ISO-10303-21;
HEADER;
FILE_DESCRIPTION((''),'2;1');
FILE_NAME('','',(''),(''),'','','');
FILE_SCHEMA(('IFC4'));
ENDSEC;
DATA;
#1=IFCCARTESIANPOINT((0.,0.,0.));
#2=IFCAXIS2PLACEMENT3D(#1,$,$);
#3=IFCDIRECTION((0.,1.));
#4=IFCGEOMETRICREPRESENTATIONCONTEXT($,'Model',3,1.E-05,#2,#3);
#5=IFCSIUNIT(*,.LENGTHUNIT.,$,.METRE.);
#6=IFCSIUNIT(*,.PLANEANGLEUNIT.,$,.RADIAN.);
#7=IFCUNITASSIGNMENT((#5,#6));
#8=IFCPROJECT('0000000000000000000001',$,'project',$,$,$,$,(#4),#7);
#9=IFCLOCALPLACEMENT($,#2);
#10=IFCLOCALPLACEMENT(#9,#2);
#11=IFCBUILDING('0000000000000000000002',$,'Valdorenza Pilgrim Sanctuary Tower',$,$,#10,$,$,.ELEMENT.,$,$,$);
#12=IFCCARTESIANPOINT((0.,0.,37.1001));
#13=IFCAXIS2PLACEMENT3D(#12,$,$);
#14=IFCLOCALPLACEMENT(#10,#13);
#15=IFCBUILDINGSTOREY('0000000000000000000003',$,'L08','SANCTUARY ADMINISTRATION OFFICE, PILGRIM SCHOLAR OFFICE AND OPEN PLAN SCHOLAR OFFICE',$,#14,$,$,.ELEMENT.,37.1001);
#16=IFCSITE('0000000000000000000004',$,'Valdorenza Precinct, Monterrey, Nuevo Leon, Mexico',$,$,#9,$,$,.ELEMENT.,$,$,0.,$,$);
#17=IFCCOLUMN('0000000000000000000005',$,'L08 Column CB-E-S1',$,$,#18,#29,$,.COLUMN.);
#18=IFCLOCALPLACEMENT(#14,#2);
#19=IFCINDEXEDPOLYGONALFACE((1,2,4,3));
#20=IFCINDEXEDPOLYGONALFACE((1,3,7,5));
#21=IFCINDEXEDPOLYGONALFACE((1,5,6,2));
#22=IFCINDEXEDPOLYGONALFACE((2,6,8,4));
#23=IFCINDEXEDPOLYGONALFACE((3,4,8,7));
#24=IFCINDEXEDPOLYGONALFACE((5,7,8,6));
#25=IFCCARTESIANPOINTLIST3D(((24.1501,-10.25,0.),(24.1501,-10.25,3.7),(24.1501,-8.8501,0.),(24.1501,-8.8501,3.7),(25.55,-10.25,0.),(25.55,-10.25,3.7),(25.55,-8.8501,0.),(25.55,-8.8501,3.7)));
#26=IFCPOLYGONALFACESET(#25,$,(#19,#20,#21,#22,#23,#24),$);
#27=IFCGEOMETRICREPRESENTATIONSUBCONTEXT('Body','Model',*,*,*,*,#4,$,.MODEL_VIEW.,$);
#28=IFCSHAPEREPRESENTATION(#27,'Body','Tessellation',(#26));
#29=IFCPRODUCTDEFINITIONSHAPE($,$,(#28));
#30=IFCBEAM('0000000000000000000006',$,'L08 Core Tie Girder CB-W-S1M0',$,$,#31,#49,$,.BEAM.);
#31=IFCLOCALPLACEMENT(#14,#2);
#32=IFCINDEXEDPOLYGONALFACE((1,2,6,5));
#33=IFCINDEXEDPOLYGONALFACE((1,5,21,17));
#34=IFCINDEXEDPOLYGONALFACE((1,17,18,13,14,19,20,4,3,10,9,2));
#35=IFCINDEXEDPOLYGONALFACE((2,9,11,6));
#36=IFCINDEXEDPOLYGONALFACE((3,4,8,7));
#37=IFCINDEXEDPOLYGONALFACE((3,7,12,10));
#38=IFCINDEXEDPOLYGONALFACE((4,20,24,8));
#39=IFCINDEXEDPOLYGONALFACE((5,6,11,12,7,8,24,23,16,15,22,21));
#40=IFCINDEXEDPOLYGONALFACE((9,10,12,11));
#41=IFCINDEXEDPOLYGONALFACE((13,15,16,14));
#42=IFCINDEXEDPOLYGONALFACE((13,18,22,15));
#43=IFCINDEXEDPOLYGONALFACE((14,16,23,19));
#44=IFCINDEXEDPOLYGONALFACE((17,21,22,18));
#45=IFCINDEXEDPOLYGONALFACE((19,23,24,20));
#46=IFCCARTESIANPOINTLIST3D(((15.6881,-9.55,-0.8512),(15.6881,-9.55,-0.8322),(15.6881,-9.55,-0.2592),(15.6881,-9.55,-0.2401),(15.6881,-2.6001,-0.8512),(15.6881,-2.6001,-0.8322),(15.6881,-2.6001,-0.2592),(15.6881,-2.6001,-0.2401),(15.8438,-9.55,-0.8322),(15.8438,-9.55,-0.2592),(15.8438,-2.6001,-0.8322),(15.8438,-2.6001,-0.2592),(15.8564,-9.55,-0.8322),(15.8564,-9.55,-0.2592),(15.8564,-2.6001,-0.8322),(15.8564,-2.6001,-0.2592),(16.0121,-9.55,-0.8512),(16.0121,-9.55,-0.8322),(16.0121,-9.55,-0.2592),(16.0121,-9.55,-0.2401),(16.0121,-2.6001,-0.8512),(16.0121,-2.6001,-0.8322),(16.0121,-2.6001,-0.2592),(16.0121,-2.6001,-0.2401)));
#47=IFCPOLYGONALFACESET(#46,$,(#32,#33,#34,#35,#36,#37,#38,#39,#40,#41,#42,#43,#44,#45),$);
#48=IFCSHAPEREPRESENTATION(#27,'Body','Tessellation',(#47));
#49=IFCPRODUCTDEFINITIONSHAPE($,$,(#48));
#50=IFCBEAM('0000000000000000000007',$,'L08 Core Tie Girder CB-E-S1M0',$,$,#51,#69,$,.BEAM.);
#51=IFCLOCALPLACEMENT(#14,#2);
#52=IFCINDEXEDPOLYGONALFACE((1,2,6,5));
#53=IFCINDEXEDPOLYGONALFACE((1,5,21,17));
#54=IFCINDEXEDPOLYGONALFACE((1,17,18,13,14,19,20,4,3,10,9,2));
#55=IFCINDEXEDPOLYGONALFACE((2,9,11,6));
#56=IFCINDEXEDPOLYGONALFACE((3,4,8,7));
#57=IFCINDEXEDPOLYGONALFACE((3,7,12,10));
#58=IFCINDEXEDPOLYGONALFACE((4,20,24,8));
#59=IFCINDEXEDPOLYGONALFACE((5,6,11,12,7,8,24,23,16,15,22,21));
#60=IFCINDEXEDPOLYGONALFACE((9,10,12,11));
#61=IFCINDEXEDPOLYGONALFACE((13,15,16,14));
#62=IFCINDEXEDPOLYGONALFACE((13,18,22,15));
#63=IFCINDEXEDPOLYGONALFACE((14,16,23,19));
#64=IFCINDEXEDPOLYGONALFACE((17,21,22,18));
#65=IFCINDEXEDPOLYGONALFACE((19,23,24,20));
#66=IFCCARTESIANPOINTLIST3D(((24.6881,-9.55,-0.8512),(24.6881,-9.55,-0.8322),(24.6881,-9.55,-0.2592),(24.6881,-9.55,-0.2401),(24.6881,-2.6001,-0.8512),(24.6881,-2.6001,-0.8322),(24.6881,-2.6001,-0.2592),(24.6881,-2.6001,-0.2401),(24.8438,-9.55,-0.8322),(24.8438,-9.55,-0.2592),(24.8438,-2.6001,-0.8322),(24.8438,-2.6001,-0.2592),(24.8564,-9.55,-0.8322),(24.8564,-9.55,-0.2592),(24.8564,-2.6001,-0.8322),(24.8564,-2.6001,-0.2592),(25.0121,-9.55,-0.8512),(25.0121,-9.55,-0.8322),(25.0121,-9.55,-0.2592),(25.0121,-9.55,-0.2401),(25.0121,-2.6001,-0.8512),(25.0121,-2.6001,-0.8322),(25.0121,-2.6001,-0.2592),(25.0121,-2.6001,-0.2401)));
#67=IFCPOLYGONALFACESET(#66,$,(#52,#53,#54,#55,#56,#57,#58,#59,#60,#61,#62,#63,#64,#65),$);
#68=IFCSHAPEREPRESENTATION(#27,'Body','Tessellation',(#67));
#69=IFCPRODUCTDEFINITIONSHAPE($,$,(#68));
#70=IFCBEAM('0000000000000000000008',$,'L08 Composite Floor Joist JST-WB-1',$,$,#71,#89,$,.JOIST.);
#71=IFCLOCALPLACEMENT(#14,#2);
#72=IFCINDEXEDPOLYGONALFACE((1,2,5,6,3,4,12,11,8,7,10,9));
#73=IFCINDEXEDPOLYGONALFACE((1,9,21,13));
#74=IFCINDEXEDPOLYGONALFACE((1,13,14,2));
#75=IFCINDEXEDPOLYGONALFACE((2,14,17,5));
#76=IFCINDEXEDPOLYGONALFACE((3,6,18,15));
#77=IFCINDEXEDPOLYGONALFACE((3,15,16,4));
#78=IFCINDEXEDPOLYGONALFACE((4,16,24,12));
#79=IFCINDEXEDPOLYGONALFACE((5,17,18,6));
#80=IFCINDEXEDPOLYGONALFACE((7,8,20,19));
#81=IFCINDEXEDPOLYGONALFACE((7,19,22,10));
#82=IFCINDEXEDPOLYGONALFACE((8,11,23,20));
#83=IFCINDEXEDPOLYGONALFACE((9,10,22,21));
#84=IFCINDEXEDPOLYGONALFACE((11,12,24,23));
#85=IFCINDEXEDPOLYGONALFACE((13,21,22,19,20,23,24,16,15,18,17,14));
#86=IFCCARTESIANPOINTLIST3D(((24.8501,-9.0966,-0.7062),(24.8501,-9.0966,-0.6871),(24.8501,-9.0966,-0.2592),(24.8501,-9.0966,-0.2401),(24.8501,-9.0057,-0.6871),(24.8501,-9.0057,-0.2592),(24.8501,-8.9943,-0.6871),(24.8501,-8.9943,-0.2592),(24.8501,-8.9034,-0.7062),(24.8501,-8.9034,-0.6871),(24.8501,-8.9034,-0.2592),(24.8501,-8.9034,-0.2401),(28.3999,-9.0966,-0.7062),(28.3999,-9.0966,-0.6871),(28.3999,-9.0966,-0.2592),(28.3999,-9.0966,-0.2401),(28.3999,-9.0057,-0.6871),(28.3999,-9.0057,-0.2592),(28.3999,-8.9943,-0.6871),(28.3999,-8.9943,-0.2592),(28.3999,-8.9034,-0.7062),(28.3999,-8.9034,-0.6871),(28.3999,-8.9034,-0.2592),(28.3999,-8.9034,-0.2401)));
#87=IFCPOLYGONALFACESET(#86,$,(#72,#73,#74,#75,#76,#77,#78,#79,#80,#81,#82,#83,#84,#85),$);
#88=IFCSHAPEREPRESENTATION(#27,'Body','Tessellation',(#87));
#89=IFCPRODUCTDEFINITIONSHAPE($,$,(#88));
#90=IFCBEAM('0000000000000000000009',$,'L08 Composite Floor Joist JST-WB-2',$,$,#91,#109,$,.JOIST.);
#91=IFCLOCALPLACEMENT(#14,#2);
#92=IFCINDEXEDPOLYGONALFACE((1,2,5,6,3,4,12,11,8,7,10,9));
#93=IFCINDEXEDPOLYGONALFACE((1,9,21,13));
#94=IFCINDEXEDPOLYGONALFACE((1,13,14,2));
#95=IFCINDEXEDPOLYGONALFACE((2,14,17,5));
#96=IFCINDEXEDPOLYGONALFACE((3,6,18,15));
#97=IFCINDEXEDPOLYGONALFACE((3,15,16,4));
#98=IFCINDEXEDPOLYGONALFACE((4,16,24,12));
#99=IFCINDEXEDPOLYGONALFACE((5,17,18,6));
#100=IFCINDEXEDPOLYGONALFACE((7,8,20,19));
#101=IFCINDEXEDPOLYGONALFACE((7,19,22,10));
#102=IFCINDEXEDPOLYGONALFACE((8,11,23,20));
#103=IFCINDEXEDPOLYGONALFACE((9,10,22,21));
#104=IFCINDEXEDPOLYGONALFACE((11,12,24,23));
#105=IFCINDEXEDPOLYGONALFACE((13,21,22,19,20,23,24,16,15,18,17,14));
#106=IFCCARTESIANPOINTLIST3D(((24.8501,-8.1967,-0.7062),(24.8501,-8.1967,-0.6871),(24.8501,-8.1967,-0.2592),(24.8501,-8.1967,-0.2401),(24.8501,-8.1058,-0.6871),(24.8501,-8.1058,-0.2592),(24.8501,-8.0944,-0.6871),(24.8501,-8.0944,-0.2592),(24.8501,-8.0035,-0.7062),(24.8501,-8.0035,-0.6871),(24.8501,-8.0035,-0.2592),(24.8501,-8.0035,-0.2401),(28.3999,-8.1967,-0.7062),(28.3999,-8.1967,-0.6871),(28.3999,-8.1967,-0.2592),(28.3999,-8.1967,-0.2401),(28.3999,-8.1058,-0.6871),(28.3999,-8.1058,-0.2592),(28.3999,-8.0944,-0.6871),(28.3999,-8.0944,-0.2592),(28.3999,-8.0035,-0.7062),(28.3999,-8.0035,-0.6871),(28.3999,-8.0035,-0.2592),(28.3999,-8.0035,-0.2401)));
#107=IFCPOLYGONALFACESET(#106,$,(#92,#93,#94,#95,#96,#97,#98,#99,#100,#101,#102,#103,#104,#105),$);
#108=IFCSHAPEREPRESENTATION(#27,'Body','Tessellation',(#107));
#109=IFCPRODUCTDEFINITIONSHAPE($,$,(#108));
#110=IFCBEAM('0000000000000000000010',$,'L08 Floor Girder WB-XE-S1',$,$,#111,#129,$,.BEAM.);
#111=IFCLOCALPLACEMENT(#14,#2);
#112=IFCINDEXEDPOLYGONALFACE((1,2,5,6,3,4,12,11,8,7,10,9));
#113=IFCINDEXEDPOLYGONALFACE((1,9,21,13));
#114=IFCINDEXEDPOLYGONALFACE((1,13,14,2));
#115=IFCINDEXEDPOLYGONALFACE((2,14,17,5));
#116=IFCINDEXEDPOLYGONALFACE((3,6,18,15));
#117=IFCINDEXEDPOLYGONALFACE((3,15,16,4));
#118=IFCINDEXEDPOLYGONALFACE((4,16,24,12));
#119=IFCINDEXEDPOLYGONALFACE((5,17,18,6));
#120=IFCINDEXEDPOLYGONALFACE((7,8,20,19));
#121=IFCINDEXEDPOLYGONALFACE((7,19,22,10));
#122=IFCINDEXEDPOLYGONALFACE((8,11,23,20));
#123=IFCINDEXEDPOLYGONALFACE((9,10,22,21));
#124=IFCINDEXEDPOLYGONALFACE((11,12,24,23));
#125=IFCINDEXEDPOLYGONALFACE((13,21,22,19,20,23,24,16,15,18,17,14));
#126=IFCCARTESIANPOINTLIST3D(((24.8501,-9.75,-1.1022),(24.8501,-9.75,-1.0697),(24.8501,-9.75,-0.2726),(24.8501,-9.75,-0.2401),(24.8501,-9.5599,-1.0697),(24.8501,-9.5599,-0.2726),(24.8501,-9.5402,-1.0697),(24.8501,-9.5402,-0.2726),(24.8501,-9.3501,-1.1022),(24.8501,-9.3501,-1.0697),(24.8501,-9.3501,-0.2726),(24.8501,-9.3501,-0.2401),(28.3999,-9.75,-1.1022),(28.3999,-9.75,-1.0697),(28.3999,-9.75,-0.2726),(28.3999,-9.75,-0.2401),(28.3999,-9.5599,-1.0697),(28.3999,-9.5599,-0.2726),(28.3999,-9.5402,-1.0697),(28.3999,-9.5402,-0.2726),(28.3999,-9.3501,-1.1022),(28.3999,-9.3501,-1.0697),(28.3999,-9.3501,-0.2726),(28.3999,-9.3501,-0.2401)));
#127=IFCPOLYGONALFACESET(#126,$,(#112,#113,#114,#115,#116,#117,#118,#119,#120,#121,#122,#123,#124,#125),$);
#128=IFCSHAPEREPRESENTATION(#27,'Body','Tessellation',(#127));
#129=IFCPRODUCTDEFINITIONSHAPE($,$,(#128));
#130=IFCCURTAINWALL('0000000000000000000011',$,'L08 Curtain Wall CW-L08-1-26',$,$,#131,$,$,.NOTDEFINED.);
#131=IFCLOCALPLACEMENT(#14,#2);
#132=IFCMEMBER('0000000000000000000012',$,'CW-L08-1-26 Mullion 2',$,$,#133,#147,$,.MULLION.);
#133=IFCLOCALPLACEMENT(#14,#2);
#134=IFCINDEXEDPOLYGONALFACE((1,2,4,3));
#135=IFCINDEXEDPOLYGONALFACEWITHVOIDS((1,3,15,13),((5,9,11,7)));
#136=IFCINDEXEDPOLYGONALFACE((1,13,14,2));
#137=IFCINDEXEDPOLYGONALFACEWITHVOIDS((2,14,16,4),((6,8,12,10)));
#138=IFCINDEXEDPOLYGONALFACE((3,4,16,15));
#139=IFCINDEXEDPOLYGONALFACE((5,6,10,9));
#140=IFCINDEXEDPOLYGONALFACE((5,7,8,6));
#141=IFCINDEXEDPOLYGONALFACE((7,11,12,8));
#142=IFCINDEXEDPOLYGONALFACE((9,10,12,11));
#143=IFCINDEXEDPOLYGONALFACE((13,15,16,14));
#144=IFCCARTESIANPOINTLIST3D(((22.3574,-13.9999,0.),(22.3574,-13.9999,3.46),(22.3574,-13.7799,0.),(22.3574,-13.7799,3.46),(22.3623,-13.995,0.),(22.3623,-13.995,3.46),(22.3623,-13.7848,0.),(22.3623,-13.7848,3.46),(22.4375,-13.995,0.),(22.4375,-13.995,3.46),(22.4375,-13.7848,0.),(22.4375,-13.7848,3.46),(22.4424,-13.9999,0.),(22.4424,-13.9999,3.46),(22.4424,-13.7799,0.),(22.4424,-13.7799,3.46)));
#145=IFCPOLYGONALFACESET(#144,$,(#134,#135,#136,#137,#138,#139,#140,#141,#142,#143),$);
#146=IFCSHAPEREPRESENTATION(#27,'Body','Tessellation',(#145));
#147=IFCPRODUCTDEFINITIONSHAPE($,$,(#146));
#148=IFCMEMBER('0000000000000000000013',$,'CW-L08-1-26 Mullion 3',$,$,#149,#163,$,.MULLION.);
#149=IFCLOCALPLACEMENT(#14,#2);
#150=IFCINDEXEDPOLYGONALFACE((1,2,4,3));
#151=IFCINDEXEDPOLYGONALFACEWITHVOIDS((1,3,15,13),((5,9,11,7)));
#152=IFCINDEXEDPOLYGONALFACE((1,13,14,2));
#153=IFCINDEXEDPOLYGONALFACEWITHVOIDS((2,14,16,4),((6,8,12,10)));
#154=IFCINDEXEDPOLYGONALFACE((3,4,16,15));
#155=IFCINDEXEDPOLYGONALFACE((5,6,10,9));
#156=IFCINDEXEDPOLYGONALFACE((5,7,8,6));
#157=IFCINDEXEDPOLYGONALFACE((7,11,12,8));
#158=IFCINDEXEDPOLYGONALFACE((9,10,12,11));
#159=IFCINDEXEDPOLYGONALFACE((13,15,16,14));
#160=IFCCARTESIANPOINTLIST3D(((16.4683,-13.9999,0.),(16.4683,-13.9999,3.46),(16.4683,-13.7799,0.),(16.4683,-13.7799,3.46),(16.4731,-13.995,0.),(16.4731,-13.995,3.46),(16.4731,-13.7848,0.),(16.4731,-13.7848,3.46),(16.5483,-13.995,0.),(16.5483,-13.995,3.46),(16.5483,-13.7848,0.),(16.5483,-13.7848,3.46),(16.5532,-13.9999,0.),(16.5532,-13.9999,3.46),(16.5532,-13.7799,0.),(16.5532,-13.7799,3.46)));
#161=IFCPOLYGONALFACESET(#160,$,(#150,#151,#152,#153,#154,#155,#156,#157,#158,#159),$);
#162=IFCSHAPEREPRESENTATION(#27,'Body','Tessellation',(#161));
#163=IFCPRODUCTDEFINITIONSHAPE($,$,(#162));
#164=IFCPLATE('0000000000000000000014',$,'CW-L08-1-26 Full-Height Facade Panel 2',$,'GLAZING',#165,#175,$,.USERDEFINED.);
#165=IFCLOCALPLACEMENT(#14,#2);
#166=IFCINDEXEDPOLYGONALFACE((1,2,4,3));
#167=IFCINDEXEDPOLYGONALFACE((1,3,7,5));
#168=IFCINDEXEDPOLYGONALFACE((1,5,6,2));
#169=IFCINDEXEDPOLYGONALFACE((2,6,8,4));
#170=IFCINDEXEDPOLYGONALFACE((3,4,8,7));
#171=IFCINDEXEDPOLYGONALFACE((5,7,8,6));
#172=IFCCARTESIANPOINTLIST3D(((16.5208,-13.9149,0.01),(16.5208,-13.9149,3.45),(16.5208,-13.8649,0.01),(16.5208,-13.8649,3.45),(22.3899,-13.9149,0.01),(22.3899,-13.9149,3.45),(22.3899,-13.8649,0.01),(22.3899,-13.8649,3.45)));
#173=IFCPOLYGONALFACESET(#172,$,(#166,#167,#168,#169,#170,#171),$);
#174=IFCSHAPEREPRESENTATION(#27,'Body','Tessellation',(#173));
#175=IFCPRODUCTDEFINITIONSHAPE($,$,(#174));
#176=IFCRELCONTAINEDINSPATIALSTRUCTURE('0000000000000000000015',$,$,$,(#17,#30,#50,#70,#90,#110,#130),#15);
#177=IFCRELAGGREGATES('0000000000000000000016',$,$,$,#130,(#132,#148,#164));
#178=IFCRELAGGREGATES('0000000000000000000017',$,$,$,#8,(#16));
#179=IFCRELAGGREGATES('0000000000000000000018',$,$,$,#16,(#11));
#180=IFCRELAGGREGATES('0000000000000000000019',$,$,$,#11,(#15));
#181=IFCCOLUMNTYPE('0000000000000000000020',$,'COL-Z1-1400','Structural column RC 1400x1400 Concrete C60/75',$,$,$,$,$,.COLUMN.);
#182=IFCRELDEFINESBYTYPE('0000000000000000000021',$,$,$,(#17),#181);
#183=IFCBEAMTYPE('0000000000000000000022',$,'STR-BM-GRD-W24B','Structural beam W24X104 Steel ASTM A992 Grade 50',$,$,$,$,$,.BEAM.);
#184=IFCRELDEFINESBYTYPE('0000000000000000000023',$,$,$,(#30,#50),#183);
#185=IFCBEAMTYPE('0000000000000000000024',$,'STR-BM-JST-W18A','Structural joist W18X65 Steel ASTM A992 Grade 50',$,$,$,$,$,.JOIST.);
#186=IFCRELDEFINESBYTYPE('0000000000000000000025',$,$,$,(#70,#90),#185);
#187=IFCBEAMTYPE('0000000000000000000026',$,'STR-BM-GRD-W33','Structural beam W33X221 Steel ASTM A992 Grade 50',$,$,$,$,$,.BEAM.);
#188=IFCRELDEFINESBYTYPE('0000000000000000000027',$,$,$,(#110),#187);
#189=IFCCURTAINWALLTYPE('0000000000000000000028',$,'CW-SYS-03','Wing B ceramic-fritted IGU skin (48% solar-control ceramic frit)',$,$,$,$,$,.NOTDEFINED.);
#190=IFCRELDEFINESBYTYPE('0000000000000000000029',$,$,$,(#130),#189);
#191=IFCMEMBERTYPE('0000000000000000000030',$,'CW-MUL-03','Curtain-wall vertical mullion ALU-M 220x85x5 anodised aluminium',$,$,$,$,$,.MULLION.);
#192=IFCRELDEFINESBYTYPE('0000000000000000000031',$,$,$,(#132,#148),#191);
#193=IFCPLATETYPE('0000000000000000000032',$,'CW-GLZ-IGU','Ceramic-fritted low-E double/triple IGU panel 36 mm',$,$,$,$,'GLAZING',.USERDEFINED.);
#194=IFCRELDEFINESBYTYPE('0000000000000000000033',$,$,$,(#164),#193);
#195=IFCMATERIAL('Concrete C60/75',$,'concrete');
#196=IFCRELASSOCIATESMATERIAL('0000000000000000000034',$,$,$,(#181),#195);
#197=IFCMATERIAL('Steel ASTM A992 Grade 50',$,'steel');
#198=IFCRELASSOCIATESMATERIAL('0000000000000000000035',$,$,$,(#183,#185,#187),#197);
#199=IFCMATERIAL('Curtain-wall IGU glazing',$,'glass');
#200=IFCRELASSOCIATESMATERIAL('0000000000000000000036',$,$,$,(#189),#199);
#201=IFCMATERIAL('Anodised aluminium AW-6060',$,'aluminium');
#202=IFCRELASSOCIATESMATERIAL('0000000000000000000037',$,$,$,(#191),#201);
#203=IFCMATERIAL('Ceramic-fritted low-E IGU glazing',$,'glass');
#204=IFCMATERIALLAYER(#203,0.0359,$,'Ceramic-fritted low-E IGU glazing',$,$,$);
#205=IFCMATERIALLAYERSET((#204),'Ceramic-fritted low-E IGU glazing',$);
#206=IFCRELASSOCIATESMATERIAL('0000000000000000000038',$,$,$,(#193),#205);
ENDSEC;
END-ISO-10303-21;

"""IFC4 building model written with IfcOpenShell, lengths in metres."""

from ifc_helpers import new_model, si_unit, direction, frame, origin, origin_2d, place, context, subcontext, project, spatial, rectangle, hollow_rectangle, i_section, extrude, source, transform, mapped, material, layer, layer_set, material_profile, profile_set, type_object, element, aggregate, save


model = new_model("IFC4")

# Units and contexts
model_context = context("Model", 3, precision=1e-05, world=origin(), true_north=direction((0.0, 1.0)))
body_context = subcontext(model_context, "Body", "Model", "MODEL_VIEW")
ifc_project = project(units=[si_unit("LENGTHUNIT", "METRE"), si_unit("PLANEANGLEUNIT", "RADIAN")], contexts=[model_context])

# Site, building, storey
site_placement = place(None, origin())
site = spatial("IfcSite", under=ifc_project, at=site_placement, Name="Valdorenza Precinct, Monterrey, Nuevo Leon, Mexico", CompositionType="ELEMENT", RefElevation=0.0)
building_placement = place(site_placement, origin())
building = spatial("IfcBuilding", under=site, at=building_placement, Name="Valdorenza Pilgrim Sanctuary Tower", CompositionType="ELEMENT")
storey_placement = place(building_placement, frame((0.0, 0.0, 37.1001)))
storey = spatial("IfcBuildingStorey", under=building, at=storey_placement, Name="L08", Description="SANCTUARY ADMINISTRATION OFFICE, PILGRIM SCHOLAR OFFICE AND OPEN PLAN SCHOLAR OFFICE", CompositionType="ELEMENT", Elevation=37.1001)

# Column
ifc_material_1 = material(Name="Concrete C60/75", Category="concrete")
ifc_material_profile_1 = material_profile(ifc_material_1, rectangle(XDim=1.3999, YDim=1.3999, at=origin_2d()), Name="RC 1400x1400")
ifc_profile_set_1 = profile_set([ifc_material_profile_1], Name="Concrete C60/75")
column_type = type_object("IfcColumnType", Name="COL-Z1-1400", Description="Structural column RC 1400x1400 Concrete C60/75", PredefinedType="COLUMN", material=ifc_profile_set_1)
shared_shape_1 = source(origin(), body_context, "Body", "SweptSolid", [
    extrude(rectangle(XDim=1.3999, YDim=1.3999, at=origin_2d()), origin(), (0.0, 0.0, 1.0), 3.7),
])
column_placement = place(storey_placement, frame((24.8501, -9.55, 0.0), z_axis=(0.0, 0.0, 1.0), x_axis=(1.0, 0.0, 0.0)))
element("IfcColumn", 1, at=column_placement, inside=storey, type_object=column_type, Name="L08 Column CB-E-S1", PredefinedType="COLUMN", context=body_context, shape_type="MappedRepresentation", body=[
    mapped(shared_shape_1, transform((0.0, 0.0, 0.0), x_axis=(1.0, 0.0, 0.0), y_axis=(0.0, 1.0, 0.0), z_axis=(0.0, 0.0, 1.0), scale=1.0)),
])

# Beams
ifc_material_2 = material(Name="Steel ASTM A992 Grade 50", Category="steel")
ifc_material_profile_2 = material_profile(ifc_material_2, i_section(OverallWidth=0.324, OverallDepth=0.6111, WebThickness=0.0127, FlangeThickness=0.019, at=origin_2d()), Name="W24X104")
ifc_profile_set_2 = profile_set([ifc_material_profile_2], Name="Steel ASTM A992 Grade 50")
beam_type_1 = type_object("IfcBeamType", Name="STR-BM-GRD-W24B", Description="Structural beam W24X104 Steel ASTM A992 Grade 50", PredefinedType="BEAM", material=ifc_profile_set_2)
shared_shape_2 = source(origin(), body_context, "Body", "SweptSolid", [
    extrude(i_section(OverallWidth=0.324, OverallDepth=0.6111, WebThickness=0.0127, FlangeThickness=0.019, at=origin_2d()), origin(), (0.0, 0.0, 1.0), 6.95),
])
for number, where, z_axis, x_axis, name in (
    (2, (15.8501, -9.55, -0.5457), (0.0, 1.0, 0.0), (-1.0, 0.0, 0.0), "L08 Core Tie Girder CB-W-S1M0"),
    (3, (24.8501, -9.55, -0.5457), (0.0, 1.0, 0.0), (-1.0, 0.0, 0.0), "L08 Core Tie Girder CB-E-S1M0"),
):
    element("IfcBeam", number, at=place(storey_placement, frame(where, z_axis=z_axis, x_axis=x_axis)), inside=storey, type_object=beam_type_1, Name=name, PredefinedType="BEAM", context=body_context, shape_type="MappedRepresentation", body=[
        mapped(shared_shape_2, transform((0.0, 0.0, 0.0), x_axis=(1.0, 0.0, 0.0), y_axis=(0.0, 1.0, 0.0), z_axis=(0.0, 0.0, 1.0), scale=1.0)),
    ])
ifc_material_profile_3 = material_profile(ifc_material_2, i_section(OverallWidth=0.1931, OverallDepth=0.4661, WebThickness=0.0115, FlangeThickness=0.019, at=origin_2d()), Name="W18X65")
ifc_profile_set_3 = profile_set([ifc_material_profile_3], Name="Steel ASTM A992 Grade 50")
beam_type_2 = type_object("IfcBeamType", Name="STR-BM-JST-W18A", Description="Structural joist W18X65 Steel ASTM A992 Grade 50", PredefinedType="JOIST", material=ifc_profile_set_3)
shared_shape_3 = source(origin(), body_context, "Body", "SweptSolid", [
    extrude(i_section(OverallWidth=0.1931, OverallDepth=0.4661, WebThickness=0.0115, FlangeThickness=0.019, at=origin_2d()), origin(), (0.0, 0.0, 1.0), 3.5498),
])
for number, where, z_axis, x_axis, name in (
    (4, (24.8501, -9.0, -0.4731), (1.0, 0.0, 0.0), (0.0, 1.0, 0.0), "L08 Composite Floor Joist JST-WB-1"),
    (5, (24.8501, -8.1001, -0.4731), (1.0, 0.0, 0.0), (0.0, 1.0, 0.0), "L08 Composite Floor Joist JST-WB-2"),
):
    element("IfcBeam", number, at=place(storey_placement, frame(where, z_axis=z_axis, x_axis=x_axis)), inside=storey, type_object=beam_type_2, Name=name, PredefinedType="JOIST", context=body_context, shape_type="MappedRepresentation", body=[
        mapped(shared_shape_3, transform((0.0, 0.0, 0.0), x_axis=(1.0, 0.0, 0.0), y_axis=(0.0, 1.0, 0.0), z_axis=(0.0, 0.0, 1.0), scale=1.0)),
    ])
ifc_material_profile_4 = material_profile(ifc_material_2, i_section(OverallWidth=0.3999, OverallDepth=0.8621, WebThickness=0.0198, FlangeThickness=0.0325, at=origin_2d()), Name="W33X221")
ifc_profile_set_4 = profile_set([ifc_material_profile_4], Name="Steel ASTM A992 Grade 50")
beam_type_3 = type_object("IfcBeamType", Name="STR-BM-GRD-W33", Description="Structural beam W33X221 Steel ASTM A992 Grade 50", PredefinedType="BEAM", material=ifc_profile_set_4)
shared_shape_4 = source(origin(), body_context, "Body", "SweptSolid", [
    extrude(i_section(OverallWidth=0.3999, OverallDepth=0.8621, WebThickness=0.0198, FlangeThickness=0.0325, at=origin_2d()), origin(), (0.0, 0.0, 1.0), 3.5498),
])
beam_placement = place(storey_placement, frame((24.8501, -9.55, -0.6711), z_axis=(1.0, 0.0, 0.0), x_axis=(0.0, 1.0, 0.0)))
element("IfcBeam", 6, at=beam_placement, inside=storey, type_object=beam_type_3, Name="L08 Floor Girder WB-XE-S1", PredefinedType="BEAM", context=body_context, shape_type="MappedRepresentation", body=[
    mapped(shared_shape_4, transform((0.0, 0.0, 0.0), x_axis=(1.0, 0.0, 0.0), y_axis=(0.0, 1.0, 0.0), z_axis=(0.0, 0.0, 1.0), scale=1.0)),
])

# Curtain wall, members, plate
ifc_material_3 = material(Name="Curtain-wall IGU glazing", Category="glass")
curtain_wall_type = type_object("IfcCurtainWallType", Name="CW-SYS-03", Description="Wing B ceramic-fritted IGU skin (48% solar-control ceramic frit)", PredefinedType="NOTDEFINED", material=ifc_material_3)
curtain_wall_placement = place(storey_placement, origin())
curtain_wall = element("IfcCurtainWall", 7, at=curtain_wall_placement, inside=storey, type_object=curtain_wall_type, Name="L08 Curtain Wall CW-L08-1-26", PredefinedType="NOTDEFINED")
ifc_material_4 = material(Name="Anodised aluminium AW-6060", Category="aluminium")
ifc_material_profile_5 = material_profile(ifc_material_4, hollow_rectangle(XDim=0.085, YDim=0.22, WallThickness=0.0049, at=origin_2d()), Name="ALU-M 220x85x5")
ifc_profile_set_5 = profile_set([ifc_material_profile_5], Name="Anodised aluminium AW-6060")
member_type = type_object("IfcMemberType", Name="CW-MUL-03", Description="Curtain-wall vertical mullion ALU-M 220x85x5 anodised aluminium", PredefinedType="MULLION", material=ifc_profile_set_5)
shared_shape_5 = source(origin(), body_context, "Body", "SweptSolid", [
    extrude(hollow_rectangle(XDim=0.085, YDim=0.22, WallThickness=0.0049, at=origin_2d()), origin(), (0.0, 0.0, 1.0), 3.46),
])
member_1_placement = place(storey_placement, frame((22.3999, -13.8899, 0.0), z_axis=(0.0, 0.0, 1.0), x_axis=(-1.0, 0.0, 0.0)))
member_1 = element("IfcMember", 8, at=member_1_placement, type_object=member_type, Name="CW-L08-1-26 Mullion 2", PredefinedType="MULLION", context=body_context, shape_type="MappedRepresentation", body=[
    mapped(shared_shape_5, transform((0.0, 0.0, 0.0), x_axis=(1.0, 0.0, 0.0), y_axis=(0.0, 1.0, 0.0), z_axis=(0.0, 0.0, 1.0), scale=1.0)),
])
member_2_placement = place(storey_placement, frame((16.5107, -13.8899, 0.0), z_axis=(0.0, 0.0, 1.0), x_axis=(-1.0, 0.0, 0.0)))
member_2 = element("IfcMember", 9, at=member_2_placement, type_object=member_type, Name="CW-L08-1-26 Mullion 3", PredefinedType="MULLION", context=body_context, shape_type="MappedRepresentation", body=[
    mapped(shared_shape_5, transform((0.0, 0.0, 0.0), x_axis=(1.0, 0.0, 0.0), y_axis=(0.0, 1.0, 0.0), z_axis=(0.0, 0.0, 1.0), scale=1.0)),
])
ifc_material_5 = material(Name="Ceramic-fritted low-E IGU glazing", Category="glass")
ifc_layer_1 = layer(ifc_material_5, 0.0359, Name="Ceramic-fritted low-E IGU glazing")
ifc_layer_set_1 = layer_set([ifc_layer_1], Name="Ceramic-fritted low-E IGU glazing")
plate_type = type_object("IfcPlateType", Name="CW-GLZ-IGU", Description="Ceramic-fritted low-E double/triple IGU panel 36 mm", ElementType="GLAZING", PredefinedType="USERDEFINED", material=ifc_layer_set_1)
shared_shape_6 = source(origin(), body_context, "Body", "SweptSolid", [
    extrude(rectangle(XDim=5.8691, YDim=0.05, at=origin_2d()), origin(), (0.0, 0.0, 1.0), 3.4399),
])
plate_placement = place(storey_placement, frame((19.4553, -13.8899, 0.01), z_axis=(0.0, 0.0, 1.0), x_axis=(-1.0, 0.0, 0.0)))
plate = element("IfcPlate", 10, at=plate_placement, type_object=plate_type, Name="CW-L08-1-26 Full-Height Facade Panel 2", ObjectType="GLAZING", PredefinedType="USERDEFINED", context=body_context, shape_type="MappedRepresentation", body=[
    mapped(shared_shape_6, transform((0.0, 0.0, 0.0), x_axis=(1.0, 0.0, 0.0), y_axis=(0.0, 1.0, 0.0), z_axis=(0.0, 0.0, 1.0), scale=1.0)),
])
aggregate(curtain_wall, [member_1, member_2, plate])

save(model, "model.ifc")
